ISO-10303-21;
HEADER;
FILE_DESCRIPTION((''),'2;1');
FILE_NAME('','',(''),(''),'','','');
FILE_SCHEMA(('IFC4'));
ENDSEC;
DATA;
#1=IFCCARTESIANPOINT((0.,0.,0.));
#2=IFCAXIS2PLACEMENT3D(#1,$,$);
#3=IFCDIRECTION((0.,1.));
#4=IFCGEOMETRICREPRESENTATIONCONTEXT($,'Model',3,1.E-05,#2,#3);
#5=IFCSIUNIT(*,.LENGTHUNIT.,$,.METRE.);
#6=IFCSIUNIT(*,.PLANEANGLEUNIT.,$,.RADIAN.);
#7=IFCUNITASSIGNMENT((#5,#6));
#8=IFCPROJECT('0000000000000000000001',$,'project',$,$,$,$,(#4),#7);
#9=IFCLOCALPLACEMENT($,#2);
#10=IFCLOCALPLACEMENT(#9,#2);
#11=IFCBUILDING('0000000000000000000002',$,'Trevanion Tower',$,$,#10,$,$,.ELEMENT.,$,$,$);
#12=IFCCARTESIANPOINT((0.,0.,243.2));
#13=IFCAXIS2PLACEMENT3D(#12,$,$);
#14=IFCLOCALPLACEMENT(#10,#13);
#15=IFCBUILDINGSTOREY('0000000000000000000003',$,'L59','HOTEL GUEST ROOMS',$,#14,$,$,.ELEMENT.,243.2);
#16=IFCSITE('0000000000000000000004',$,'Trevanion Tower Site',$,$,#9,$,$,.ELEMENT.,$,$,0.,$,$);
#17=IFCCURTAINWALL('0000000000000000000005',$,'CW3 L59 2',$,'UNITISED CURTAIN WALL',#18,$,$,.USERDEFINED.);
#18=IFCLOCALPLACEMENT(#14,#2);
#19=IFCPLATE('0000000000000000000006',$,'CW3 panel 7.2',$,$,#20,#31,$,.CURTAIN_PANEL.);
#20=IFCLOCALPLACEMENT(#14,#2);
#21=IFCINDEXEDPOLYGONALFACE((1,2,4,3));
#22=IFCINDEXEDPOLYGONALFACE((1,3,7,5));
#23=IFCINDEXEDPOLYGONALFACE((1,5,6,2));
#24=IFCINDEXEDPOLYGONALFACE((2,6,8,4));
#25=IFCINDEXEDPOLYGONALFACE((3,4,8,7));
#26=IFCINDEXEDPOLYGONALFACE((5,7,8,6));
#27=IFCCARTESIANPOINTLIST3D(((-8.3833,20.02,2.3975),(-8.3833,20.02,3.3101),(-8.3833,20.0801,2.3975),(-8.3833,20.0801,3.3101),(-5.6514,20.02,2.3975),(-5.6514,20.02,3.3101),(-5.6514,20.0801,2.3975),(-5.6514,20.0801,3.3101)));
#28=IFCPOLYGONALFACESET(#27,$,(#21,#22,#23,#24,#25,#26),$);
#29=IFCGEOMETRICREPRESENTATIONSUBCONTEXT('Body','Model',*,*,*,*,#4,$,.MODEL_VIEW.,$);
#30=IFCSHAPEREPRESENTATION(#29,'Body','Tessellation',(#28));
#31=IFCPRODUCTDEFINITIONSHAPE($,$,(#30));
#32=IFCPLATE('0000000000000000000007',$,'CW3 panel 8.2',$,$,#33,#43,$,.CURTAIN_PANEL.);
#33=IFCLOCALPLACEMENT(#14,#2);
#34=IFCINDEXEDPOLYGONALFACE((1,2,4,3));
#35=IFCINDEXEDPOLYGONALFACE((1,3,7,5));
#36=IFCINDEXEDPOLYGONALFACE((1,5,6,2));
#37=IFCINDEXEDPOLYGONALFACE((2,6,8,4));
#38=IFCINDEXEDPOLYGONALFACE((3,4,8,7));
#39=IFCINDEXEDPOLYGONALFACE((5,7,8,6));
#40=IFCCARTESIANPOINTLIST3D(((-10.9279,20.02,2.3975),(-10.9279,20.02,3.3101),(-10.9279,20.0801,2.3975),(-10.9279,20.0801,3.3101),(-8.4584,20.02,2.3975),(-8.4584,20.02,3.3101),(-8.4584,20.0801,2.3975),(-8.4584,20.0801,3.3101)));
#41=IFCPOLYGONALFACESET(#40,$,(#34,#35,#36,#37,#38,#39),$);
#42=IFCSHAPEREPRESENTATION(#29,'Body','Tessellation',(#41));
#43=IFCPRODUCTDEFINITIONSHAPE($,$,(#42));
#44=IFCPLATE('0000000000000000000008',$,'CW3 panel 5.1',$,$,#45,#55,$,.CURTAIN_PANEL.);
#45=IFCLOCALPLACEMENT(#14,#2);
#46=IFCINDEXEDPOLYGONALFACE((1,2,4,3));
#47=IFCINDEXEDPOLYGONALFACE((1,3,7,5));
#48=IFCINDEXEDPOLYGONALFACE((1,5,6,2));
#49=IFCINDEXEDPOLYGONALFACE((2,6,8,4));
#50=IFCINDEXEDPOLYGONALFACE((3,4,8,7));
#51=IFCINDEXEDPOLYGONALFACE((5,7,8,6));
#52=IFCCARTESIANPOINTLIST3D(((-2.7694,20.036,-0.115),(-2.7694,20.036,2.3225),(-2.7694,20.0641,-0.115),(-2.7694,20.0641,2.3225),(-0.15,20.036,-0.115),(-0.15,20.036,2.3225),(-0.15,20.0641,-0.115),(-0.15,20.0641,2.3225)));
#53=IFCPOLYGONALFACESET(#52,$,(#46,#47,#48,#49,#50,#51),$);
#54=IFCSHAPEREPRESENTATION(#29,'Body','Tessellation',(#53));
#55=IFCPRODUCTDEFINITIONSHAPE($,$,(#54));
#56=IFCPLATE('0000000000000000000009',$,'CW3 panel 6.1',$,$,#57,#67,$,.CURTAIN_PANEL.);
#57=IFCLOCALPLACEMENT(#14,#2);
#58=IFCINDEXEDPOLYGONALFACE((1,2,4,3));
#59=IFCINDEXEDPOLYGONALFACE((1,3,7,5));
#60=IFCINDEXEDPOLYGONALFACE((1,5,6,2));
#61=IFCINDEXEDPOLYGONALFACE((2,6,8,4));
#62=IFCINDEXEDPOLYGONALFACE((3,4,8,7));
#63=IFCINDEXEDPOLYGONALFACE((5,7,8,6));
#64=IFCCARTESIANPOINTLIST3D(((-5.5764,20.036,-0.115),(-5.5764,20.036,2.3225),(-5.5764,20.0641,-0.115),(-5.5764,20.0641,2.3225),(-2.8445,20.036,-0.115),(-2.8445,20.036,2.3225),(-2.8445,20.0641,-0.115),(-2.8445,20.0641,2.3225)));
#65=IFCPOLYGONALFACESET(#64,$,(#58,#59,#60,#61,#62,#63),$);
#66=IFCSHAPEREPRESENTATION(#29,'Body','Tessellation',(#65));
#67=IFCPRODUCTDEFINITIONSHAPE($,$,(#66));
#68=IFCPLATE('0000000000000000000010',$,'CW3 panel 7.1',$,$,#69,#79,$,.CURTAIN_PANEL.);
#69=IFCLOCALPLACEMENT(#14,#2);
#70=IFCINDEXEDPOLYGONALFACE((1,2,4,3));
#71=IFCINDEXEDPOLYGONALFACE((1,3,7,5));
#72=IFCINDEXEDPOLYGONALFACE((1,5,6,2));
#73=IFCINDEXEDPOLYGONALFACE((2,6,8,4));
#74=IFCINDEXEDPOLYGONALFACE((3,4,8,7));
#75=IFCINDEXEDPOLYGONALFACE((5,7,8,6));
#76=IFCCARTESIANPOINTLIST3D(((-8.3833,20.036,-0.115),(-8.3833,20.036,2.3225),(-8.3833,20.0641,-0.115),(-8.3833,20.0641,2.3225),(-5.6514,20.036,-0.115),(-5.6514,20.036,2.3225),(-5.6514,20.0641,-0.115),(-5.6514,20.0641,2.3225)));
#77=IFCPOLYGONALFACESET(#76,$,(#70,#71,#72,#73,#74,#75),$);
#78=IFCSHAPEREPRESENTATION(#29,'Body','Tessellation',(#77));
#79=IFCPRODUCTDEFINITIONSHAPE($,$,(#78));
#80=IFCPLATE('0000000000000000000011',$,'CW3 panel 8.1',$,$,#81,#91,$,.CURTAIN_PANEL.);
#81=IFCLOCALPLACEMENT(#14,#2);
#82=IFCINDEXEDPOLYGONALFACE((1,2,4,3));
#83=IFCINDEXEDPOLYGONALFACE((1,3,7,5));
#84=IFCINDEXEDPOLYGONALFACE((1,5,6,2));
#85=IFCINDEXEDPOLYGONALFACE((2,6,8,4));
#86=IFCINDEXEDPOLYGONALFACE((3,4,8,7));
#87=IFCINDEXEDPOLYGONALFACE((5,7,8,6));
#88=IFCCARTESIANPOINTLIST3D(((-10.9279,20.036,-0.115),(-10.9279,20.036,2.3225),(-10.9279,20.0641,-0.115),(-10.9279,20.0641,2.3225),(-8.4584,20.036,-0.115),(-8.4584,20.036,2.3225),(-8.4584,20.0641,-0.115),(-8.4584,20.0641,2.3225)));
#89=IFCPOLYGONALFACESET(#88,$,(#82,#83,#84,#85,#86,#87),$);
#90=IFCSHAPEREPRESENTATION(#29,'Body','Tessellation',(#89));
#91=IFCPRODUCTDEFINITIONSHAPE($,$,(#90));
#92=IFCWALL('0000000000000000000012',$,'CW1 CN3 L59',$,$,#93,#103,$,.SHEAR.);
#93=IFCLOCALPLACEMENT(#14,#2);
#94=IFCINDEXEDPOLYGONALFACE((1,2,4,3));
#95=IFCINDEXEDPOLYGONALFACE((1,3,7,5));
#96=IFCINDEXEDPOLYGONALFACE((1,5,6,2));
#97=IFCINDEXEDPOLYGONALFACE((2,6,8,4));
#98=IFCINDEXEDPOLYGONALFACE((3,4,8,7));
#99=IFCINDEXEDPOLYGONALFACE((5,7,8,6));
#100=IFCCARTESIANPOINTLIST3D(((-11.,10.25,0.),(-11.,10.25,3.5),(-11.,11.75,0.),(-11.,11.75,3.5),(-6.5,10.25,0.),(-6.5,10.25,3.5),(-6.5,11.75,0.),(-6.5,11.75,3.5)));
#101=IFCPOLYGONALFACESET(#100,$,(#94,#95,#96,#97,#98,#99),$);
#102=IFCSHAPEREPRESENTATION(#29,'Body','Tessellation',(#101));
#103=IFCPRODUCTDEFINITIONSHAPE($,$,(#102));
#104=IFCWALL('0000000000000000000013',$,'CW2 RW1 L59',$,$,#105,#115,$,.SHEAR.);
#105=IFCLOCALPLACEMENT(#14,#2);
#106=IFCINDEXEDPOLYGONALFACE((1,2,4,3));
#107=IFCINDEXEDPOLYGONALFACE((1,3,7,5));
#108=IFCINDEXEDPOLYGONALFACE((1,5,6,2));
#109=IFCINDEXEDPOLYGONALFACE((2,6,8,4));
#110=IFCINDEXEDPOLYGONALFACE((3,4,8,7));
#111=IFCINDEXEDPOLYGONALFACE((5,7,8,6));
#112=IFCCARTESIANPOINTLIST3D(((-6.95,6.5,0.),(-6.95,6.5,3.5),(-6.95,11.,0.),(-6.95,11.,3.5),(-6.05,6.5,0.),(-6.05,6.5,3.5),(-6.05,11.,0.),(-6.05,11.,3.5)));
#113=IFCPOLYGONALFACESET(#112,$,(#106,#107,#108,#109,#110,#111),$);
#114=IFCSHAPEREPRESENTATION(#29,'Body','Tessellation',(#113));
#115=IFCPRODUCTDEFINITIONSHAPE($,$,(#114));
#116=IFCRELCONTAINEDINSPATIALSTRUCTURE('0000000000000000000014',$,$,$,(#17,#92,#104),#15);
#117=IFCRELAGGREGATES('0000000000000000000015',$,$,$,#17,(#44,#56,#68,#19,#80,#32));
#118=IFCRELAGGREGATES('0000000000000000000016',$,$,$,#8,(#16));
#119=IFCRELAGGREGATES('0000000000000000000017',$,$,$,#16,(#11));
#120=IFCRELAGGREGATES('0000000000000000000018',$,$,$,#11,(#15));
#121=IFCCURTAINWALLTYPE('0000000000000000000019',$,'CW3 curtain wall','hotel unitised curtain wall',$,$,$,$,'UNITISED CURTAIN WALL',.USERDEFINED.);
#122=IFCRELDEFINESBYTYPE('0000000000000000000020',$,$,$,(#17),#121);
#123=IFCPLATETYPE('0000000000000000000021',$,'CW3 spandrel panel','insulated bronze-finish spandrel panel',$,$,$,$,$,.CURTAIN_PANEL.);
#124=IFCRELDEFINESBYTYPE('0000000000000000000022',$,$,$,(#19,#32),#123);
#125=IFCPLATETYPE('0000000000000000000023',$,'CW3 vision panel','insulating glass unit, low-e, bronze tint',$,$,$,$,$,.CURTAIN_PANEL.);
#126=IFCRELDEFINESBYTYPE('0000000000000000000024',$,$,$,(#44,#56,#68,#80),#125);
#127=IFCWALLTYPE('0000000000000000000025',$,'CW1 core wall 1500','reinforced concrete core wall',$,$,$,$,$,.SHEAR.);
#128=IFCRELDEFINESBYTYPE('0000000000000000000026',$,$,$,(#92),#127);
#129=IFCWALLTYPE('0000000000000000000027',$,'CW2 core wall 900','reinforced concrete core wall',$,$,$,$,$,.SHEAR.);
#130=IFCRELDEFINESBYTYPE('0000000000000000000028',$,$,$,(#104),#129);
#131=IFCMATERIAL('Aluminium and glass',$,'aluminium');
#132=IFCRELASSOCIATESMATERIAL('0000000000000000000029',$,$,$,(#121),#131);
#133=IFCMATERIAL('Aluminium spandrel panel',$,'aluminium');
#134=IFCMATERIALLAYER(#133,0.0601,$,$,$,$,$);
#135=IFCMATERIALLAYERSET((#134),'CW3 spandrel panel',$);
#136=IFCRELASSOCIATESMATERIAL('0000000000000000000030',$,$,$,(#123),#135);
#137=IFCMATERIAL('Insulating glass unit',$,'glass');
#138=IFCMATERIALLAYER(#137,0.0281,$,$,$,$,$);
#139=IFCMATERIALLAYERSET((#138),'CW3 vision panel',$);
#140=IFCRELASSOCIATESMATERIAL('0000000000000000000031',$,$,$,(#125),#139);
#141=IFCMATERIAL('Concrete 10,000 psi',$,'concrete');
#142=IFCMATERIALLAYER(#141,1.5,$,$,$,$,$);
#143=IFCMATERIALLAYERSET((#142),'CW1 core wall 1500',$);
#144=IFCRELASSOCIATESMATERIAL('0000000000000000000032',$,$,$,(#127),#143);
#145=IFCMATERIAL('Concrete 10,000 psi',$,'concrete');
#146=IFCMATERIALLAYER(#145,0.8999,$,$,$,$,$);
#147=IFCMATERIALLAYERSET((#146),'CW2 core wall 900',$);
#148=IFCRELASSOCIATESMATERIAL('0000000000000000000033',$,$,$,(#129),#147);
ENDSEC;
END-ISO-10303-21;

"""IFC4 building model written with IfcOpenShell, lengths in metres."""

from ifc_helpers import new_model, si_unit, direction, frame, frame_2d, origin, origin_2d, place, context, subcontext, project, spatial, rectangle, extrude, material, layer, layer_set, type_object, element, aggregate, save


model = new_model("IFC4")

# Units and contexts
model_context = context("Model", 3, precision=1e-05, world=origin(), true_north=direction((0.0, 1.0)))
body_context = subcontext(model_context, "Body", "Model", "MODEL_VIEW")
ifc_project = project(units=[si_unit("LENGTHUNIT", "METRE"), si_unit("PLANEANGLEUNIT", "RADIAN")], contexts=[model_context])

# Site, building, storey
site_placement = place(None, origin())
site = spatial("IfcSite", under=ifc_project, at=site_placement, Name="Trevanion Tower Site", CompositionType="ELEMENT", RefElevation=0.0)
building_placement = place(site_placement, origin())
building = spatial("IfcBuilding", under=site, at=building_placement, Name="Trevanion Tower", CompositionType="ELEMENT")
storey_placement = place(building_placement, frame((0.0, 0.0, 243.2)))
storey = spatial("IfcBuildingStorey", under=building, at=storey_placement, Name="L59", Description="HOTEL GUEST ROOMS", CompositionType="ELEMENT", Elevation=243.2)

# Curtain wall
ifc_material_1 = material(Name="Aluminium and glass", Category="aluminium")
curtain_wall_type = type_object("IfcCurtainWallType", Name="CW3 curtain wall", Description="hotel unitised curtain wall", ElementType="UNITISED CURTAIN WALL", PredefinedType="USERDEFINED", material=ifc_material_1)
curtain_wall_placement = place(storey_placement, origin())
curtain_wall = element("IfcCurtainWall", 1, at=curtain_wall_placement, inside=storey, type_object=curtain_wall_type, Name="CW3 L59 2", ObjectType="UNITISED CURTAIN WALL", PredefinedType="USERDEFINED")

# Plates
ifc_material_2 = material(Name="Aluminium spandrel panel", Category="aluminium")
ifc_layer_1 = layer(ifc_material_2, 0.0601)
ifc_layer_set_1 = layer_set([ifc_layer_1], Name="CW3 spandrel panel")
plate_type_1 = type_object("IfcPlateType", Name="CW3 spandrel panel", Description="insulated bronze-finish spandrel panel", PredefinedType="CURTAIN_PANEL", material=ifc_layer_set_1)
plate_1_placement = place(storey_placement, frame((-7.0173, 20.05, 2.3975), z_axis=(0.0, 0.0, 1.0), x_axis=(-1.0, 0.0, 0.0)))
plate_1 = element("IfcPlate", 2, at=plate_1_placement, type_object=plate_type_1, Name="CW3 panel 7.2", PredefinedType="CURTAIN_PANEL", context=body_context, shape_type="SweptSolid", body=[
    extrude(rectangle(XDim=2.7319, YDim=0.0601, at=origin_2d()), origin(), (0.0, 0.0, 1.0), 0.9126),
])
plate_2_placement = place(storey_placement, frame((-9.6931, 20.05, 2.3975), z_axis=(0.0, 0.0, 1.0), x_axis=(-1.0, 0.0, 0.0)))
plate_2 = element("IfcPlate", 3, at=plate_2_placement, type_object=plate_type_1, Name="CW3 panel 8.2", PredefinedType="CURTAIN_PANEL", context=body_context, shape_type="SweptSolid", body=[
    extrude(rectangle(XDim=2.4695, YDim=0.0601, at=origin_2d()), origin(), (0.0, 0.0, 1.0), 0.9126),
])
ifc_material_3 = material(Name="Insulating glass unit", Category="glass")
ifc_layer_2 = layer(ifc_material_3, 0.0281)
ifc_layer_set_2 = layer_set([ifc_layer_2], Name="CW3 vision panel")
plate_type_2 = type_object("IfcPlateType", Name="CW3 vision panel", Description="insulating glass unit, low-e, bronze tint", PredefinedType="CURTAIN_PANEL", material=ifc_layer_set_2)
plate_3_placement = place(storey_placement, frame((-1.4597, 20.05, -0.115), z_axis=(0.0, 0.0, 1.0), x_axis=(-1.0, 0.0, 0.0)))
plate_3 = element("IfcPlate", 4, at=plate_3_placement, type_object=plate_type_2, Name="CW3 panel 5.1", PredefinedType="CURTAIN_PANEL", context=body_context, shape_type="SweptSolid", body=[
    extrude(rectangle(XDim=2.6194, YDim=0.0281, at=origin_2d()), origin(), (0.0, 0.0, 1.0), 2.4375),
])
plate_4_placement = place(storey_placement, frame((-4.2104, 20.05, -0.115), z_axis=(0.0, 0.0, 1.0), x_axis=(-1.0, 0.0, 0.0)))
plate_4 = element("IfcPlate", 5, at=plate_4_placement, type_object=plate_type_2, Name="CW3 panel 6.1", PredefinedType="CURTAIN_PANEL", context=body_context, shape_type="SweptSolid", body=[
    extrude(rectangle(XDim=2.7319, YDim=0.0281, at=origin_2d()), origin(), (0.0, 0.0, 1.0), 2.4375),
])
plate_5_placement = place(storey_placement, frame((-7.0173, 20.05, -0.115), z_axis=(0.0, 0.0, 1.0), x_axis=(-1.0, 0.0, 0.0)))
plate_5 = element("IfcPlate", 6, at=plate_5_placement, type_object=plate_type_2, Name="CW3 panel 7.1", PredefinedType="CURTAIN_PANEL", context=body_context, shape_type="SweptSolid", body=[
    extrude(rectangle(XDim=2.7319, YDim=0.0281, at=origin_2d()), origin(), (0.0, 0.0, 1.0), 2.4375),
])
plate_6_placement = place(storey_placement, frame((-9.6931, 20.05, -0.115), z_axis=(0.0, 0.0, 1.0), x_axis=(-1.0, 0.0, 0.0)))
plate_6 = element("IfcPlate", 7, at=plate_6_placement, type_object=plate_type_2, Name="CW3 panel 8.1", PredefinedType="CURTAIN_PANEL", context=body_context, shape_type="SweptSolid", body=[
    extrude(rectangle(XDim=2.4695, YDim=0.0281, at=origin_2d()), origin(), (0.0, 0.0, 1.0), 2.4375),
])
aggregate(curtain_wall, [plate_3, plate_4, plate_5, plate_1, plate_6, plate_2])

# Walls
ifc_material_4 = material(Name="Concrete 10,000 psi", Category="concrete")
ifc_layer_3 = layer(ifc_material_4, 1.5)
ifc_layer_set_3 = layer_set([ifc_layer_3], Name="CW1 core wall 1500")
wall_type_1 = type_object("IfcWallType", Name="CW1 core wall 1500", Description="reinforced concrete core wall", PredefinedType="SHEAR", material=ifc_layer_set_3)
wall_1_placement = place(storey_placement, frame((-6.5, 11.0, 0.0), z_axis=(0.0, 0.0, 1.0), x_axis=(-1.0, 0.0, 0.0)))
element("IfcWall", 8, at=wall_1_placement, inside=storey, type_object=wall_type_1, Name="CW1 CN3 L59", PredefinedType="SHEAR", context=body_context, shape_type="SweptSolid", body=[
    extrude(rectangle(XDim=4.5, YDim=1.5, at=frame_2d((2.25, 0.0))), origin(), (0.0, 0.0, 1.0), 3.5),
])
ifc_material_5 = material(Name="Concrete 10,000 psi", Category="concrete")
ifc_layer_4 = layer(ifc_material_5, 0.8999)
ifc_layer_set_4 = layer_set([ifc_layer_4], Name="CW2 core wall 900")
wall_type_2 = type_object("IfcWallType", Name="CW2 core wall 900", Description="reinforced concrete core wall", PredefinedType="SHEAR", material=ifc_layer_set_4)
wall_2_placement = place(storey_placement, frame((-6.5, 11.0, 0.0), z_axis=(0.0, 0.0, 1.0), x_axis=(0.0, -1.0, 0.0)))
element("IfcWall", 9, at=wall_2_placement, inside=storey, type_object=wall_type_2, Name="CW2 RW1 L59", PredefinedType="SHEAR", context=body_context, shape_type="SweptSolid", body=[
    extrude(rectangle(XDim=4.5, YDim=0.8999, at=frame_2d((2.25, 0.0))), origin(), (0.0, 0.0, 1.0), 3.5),
])

save(model, "model.ifc")
